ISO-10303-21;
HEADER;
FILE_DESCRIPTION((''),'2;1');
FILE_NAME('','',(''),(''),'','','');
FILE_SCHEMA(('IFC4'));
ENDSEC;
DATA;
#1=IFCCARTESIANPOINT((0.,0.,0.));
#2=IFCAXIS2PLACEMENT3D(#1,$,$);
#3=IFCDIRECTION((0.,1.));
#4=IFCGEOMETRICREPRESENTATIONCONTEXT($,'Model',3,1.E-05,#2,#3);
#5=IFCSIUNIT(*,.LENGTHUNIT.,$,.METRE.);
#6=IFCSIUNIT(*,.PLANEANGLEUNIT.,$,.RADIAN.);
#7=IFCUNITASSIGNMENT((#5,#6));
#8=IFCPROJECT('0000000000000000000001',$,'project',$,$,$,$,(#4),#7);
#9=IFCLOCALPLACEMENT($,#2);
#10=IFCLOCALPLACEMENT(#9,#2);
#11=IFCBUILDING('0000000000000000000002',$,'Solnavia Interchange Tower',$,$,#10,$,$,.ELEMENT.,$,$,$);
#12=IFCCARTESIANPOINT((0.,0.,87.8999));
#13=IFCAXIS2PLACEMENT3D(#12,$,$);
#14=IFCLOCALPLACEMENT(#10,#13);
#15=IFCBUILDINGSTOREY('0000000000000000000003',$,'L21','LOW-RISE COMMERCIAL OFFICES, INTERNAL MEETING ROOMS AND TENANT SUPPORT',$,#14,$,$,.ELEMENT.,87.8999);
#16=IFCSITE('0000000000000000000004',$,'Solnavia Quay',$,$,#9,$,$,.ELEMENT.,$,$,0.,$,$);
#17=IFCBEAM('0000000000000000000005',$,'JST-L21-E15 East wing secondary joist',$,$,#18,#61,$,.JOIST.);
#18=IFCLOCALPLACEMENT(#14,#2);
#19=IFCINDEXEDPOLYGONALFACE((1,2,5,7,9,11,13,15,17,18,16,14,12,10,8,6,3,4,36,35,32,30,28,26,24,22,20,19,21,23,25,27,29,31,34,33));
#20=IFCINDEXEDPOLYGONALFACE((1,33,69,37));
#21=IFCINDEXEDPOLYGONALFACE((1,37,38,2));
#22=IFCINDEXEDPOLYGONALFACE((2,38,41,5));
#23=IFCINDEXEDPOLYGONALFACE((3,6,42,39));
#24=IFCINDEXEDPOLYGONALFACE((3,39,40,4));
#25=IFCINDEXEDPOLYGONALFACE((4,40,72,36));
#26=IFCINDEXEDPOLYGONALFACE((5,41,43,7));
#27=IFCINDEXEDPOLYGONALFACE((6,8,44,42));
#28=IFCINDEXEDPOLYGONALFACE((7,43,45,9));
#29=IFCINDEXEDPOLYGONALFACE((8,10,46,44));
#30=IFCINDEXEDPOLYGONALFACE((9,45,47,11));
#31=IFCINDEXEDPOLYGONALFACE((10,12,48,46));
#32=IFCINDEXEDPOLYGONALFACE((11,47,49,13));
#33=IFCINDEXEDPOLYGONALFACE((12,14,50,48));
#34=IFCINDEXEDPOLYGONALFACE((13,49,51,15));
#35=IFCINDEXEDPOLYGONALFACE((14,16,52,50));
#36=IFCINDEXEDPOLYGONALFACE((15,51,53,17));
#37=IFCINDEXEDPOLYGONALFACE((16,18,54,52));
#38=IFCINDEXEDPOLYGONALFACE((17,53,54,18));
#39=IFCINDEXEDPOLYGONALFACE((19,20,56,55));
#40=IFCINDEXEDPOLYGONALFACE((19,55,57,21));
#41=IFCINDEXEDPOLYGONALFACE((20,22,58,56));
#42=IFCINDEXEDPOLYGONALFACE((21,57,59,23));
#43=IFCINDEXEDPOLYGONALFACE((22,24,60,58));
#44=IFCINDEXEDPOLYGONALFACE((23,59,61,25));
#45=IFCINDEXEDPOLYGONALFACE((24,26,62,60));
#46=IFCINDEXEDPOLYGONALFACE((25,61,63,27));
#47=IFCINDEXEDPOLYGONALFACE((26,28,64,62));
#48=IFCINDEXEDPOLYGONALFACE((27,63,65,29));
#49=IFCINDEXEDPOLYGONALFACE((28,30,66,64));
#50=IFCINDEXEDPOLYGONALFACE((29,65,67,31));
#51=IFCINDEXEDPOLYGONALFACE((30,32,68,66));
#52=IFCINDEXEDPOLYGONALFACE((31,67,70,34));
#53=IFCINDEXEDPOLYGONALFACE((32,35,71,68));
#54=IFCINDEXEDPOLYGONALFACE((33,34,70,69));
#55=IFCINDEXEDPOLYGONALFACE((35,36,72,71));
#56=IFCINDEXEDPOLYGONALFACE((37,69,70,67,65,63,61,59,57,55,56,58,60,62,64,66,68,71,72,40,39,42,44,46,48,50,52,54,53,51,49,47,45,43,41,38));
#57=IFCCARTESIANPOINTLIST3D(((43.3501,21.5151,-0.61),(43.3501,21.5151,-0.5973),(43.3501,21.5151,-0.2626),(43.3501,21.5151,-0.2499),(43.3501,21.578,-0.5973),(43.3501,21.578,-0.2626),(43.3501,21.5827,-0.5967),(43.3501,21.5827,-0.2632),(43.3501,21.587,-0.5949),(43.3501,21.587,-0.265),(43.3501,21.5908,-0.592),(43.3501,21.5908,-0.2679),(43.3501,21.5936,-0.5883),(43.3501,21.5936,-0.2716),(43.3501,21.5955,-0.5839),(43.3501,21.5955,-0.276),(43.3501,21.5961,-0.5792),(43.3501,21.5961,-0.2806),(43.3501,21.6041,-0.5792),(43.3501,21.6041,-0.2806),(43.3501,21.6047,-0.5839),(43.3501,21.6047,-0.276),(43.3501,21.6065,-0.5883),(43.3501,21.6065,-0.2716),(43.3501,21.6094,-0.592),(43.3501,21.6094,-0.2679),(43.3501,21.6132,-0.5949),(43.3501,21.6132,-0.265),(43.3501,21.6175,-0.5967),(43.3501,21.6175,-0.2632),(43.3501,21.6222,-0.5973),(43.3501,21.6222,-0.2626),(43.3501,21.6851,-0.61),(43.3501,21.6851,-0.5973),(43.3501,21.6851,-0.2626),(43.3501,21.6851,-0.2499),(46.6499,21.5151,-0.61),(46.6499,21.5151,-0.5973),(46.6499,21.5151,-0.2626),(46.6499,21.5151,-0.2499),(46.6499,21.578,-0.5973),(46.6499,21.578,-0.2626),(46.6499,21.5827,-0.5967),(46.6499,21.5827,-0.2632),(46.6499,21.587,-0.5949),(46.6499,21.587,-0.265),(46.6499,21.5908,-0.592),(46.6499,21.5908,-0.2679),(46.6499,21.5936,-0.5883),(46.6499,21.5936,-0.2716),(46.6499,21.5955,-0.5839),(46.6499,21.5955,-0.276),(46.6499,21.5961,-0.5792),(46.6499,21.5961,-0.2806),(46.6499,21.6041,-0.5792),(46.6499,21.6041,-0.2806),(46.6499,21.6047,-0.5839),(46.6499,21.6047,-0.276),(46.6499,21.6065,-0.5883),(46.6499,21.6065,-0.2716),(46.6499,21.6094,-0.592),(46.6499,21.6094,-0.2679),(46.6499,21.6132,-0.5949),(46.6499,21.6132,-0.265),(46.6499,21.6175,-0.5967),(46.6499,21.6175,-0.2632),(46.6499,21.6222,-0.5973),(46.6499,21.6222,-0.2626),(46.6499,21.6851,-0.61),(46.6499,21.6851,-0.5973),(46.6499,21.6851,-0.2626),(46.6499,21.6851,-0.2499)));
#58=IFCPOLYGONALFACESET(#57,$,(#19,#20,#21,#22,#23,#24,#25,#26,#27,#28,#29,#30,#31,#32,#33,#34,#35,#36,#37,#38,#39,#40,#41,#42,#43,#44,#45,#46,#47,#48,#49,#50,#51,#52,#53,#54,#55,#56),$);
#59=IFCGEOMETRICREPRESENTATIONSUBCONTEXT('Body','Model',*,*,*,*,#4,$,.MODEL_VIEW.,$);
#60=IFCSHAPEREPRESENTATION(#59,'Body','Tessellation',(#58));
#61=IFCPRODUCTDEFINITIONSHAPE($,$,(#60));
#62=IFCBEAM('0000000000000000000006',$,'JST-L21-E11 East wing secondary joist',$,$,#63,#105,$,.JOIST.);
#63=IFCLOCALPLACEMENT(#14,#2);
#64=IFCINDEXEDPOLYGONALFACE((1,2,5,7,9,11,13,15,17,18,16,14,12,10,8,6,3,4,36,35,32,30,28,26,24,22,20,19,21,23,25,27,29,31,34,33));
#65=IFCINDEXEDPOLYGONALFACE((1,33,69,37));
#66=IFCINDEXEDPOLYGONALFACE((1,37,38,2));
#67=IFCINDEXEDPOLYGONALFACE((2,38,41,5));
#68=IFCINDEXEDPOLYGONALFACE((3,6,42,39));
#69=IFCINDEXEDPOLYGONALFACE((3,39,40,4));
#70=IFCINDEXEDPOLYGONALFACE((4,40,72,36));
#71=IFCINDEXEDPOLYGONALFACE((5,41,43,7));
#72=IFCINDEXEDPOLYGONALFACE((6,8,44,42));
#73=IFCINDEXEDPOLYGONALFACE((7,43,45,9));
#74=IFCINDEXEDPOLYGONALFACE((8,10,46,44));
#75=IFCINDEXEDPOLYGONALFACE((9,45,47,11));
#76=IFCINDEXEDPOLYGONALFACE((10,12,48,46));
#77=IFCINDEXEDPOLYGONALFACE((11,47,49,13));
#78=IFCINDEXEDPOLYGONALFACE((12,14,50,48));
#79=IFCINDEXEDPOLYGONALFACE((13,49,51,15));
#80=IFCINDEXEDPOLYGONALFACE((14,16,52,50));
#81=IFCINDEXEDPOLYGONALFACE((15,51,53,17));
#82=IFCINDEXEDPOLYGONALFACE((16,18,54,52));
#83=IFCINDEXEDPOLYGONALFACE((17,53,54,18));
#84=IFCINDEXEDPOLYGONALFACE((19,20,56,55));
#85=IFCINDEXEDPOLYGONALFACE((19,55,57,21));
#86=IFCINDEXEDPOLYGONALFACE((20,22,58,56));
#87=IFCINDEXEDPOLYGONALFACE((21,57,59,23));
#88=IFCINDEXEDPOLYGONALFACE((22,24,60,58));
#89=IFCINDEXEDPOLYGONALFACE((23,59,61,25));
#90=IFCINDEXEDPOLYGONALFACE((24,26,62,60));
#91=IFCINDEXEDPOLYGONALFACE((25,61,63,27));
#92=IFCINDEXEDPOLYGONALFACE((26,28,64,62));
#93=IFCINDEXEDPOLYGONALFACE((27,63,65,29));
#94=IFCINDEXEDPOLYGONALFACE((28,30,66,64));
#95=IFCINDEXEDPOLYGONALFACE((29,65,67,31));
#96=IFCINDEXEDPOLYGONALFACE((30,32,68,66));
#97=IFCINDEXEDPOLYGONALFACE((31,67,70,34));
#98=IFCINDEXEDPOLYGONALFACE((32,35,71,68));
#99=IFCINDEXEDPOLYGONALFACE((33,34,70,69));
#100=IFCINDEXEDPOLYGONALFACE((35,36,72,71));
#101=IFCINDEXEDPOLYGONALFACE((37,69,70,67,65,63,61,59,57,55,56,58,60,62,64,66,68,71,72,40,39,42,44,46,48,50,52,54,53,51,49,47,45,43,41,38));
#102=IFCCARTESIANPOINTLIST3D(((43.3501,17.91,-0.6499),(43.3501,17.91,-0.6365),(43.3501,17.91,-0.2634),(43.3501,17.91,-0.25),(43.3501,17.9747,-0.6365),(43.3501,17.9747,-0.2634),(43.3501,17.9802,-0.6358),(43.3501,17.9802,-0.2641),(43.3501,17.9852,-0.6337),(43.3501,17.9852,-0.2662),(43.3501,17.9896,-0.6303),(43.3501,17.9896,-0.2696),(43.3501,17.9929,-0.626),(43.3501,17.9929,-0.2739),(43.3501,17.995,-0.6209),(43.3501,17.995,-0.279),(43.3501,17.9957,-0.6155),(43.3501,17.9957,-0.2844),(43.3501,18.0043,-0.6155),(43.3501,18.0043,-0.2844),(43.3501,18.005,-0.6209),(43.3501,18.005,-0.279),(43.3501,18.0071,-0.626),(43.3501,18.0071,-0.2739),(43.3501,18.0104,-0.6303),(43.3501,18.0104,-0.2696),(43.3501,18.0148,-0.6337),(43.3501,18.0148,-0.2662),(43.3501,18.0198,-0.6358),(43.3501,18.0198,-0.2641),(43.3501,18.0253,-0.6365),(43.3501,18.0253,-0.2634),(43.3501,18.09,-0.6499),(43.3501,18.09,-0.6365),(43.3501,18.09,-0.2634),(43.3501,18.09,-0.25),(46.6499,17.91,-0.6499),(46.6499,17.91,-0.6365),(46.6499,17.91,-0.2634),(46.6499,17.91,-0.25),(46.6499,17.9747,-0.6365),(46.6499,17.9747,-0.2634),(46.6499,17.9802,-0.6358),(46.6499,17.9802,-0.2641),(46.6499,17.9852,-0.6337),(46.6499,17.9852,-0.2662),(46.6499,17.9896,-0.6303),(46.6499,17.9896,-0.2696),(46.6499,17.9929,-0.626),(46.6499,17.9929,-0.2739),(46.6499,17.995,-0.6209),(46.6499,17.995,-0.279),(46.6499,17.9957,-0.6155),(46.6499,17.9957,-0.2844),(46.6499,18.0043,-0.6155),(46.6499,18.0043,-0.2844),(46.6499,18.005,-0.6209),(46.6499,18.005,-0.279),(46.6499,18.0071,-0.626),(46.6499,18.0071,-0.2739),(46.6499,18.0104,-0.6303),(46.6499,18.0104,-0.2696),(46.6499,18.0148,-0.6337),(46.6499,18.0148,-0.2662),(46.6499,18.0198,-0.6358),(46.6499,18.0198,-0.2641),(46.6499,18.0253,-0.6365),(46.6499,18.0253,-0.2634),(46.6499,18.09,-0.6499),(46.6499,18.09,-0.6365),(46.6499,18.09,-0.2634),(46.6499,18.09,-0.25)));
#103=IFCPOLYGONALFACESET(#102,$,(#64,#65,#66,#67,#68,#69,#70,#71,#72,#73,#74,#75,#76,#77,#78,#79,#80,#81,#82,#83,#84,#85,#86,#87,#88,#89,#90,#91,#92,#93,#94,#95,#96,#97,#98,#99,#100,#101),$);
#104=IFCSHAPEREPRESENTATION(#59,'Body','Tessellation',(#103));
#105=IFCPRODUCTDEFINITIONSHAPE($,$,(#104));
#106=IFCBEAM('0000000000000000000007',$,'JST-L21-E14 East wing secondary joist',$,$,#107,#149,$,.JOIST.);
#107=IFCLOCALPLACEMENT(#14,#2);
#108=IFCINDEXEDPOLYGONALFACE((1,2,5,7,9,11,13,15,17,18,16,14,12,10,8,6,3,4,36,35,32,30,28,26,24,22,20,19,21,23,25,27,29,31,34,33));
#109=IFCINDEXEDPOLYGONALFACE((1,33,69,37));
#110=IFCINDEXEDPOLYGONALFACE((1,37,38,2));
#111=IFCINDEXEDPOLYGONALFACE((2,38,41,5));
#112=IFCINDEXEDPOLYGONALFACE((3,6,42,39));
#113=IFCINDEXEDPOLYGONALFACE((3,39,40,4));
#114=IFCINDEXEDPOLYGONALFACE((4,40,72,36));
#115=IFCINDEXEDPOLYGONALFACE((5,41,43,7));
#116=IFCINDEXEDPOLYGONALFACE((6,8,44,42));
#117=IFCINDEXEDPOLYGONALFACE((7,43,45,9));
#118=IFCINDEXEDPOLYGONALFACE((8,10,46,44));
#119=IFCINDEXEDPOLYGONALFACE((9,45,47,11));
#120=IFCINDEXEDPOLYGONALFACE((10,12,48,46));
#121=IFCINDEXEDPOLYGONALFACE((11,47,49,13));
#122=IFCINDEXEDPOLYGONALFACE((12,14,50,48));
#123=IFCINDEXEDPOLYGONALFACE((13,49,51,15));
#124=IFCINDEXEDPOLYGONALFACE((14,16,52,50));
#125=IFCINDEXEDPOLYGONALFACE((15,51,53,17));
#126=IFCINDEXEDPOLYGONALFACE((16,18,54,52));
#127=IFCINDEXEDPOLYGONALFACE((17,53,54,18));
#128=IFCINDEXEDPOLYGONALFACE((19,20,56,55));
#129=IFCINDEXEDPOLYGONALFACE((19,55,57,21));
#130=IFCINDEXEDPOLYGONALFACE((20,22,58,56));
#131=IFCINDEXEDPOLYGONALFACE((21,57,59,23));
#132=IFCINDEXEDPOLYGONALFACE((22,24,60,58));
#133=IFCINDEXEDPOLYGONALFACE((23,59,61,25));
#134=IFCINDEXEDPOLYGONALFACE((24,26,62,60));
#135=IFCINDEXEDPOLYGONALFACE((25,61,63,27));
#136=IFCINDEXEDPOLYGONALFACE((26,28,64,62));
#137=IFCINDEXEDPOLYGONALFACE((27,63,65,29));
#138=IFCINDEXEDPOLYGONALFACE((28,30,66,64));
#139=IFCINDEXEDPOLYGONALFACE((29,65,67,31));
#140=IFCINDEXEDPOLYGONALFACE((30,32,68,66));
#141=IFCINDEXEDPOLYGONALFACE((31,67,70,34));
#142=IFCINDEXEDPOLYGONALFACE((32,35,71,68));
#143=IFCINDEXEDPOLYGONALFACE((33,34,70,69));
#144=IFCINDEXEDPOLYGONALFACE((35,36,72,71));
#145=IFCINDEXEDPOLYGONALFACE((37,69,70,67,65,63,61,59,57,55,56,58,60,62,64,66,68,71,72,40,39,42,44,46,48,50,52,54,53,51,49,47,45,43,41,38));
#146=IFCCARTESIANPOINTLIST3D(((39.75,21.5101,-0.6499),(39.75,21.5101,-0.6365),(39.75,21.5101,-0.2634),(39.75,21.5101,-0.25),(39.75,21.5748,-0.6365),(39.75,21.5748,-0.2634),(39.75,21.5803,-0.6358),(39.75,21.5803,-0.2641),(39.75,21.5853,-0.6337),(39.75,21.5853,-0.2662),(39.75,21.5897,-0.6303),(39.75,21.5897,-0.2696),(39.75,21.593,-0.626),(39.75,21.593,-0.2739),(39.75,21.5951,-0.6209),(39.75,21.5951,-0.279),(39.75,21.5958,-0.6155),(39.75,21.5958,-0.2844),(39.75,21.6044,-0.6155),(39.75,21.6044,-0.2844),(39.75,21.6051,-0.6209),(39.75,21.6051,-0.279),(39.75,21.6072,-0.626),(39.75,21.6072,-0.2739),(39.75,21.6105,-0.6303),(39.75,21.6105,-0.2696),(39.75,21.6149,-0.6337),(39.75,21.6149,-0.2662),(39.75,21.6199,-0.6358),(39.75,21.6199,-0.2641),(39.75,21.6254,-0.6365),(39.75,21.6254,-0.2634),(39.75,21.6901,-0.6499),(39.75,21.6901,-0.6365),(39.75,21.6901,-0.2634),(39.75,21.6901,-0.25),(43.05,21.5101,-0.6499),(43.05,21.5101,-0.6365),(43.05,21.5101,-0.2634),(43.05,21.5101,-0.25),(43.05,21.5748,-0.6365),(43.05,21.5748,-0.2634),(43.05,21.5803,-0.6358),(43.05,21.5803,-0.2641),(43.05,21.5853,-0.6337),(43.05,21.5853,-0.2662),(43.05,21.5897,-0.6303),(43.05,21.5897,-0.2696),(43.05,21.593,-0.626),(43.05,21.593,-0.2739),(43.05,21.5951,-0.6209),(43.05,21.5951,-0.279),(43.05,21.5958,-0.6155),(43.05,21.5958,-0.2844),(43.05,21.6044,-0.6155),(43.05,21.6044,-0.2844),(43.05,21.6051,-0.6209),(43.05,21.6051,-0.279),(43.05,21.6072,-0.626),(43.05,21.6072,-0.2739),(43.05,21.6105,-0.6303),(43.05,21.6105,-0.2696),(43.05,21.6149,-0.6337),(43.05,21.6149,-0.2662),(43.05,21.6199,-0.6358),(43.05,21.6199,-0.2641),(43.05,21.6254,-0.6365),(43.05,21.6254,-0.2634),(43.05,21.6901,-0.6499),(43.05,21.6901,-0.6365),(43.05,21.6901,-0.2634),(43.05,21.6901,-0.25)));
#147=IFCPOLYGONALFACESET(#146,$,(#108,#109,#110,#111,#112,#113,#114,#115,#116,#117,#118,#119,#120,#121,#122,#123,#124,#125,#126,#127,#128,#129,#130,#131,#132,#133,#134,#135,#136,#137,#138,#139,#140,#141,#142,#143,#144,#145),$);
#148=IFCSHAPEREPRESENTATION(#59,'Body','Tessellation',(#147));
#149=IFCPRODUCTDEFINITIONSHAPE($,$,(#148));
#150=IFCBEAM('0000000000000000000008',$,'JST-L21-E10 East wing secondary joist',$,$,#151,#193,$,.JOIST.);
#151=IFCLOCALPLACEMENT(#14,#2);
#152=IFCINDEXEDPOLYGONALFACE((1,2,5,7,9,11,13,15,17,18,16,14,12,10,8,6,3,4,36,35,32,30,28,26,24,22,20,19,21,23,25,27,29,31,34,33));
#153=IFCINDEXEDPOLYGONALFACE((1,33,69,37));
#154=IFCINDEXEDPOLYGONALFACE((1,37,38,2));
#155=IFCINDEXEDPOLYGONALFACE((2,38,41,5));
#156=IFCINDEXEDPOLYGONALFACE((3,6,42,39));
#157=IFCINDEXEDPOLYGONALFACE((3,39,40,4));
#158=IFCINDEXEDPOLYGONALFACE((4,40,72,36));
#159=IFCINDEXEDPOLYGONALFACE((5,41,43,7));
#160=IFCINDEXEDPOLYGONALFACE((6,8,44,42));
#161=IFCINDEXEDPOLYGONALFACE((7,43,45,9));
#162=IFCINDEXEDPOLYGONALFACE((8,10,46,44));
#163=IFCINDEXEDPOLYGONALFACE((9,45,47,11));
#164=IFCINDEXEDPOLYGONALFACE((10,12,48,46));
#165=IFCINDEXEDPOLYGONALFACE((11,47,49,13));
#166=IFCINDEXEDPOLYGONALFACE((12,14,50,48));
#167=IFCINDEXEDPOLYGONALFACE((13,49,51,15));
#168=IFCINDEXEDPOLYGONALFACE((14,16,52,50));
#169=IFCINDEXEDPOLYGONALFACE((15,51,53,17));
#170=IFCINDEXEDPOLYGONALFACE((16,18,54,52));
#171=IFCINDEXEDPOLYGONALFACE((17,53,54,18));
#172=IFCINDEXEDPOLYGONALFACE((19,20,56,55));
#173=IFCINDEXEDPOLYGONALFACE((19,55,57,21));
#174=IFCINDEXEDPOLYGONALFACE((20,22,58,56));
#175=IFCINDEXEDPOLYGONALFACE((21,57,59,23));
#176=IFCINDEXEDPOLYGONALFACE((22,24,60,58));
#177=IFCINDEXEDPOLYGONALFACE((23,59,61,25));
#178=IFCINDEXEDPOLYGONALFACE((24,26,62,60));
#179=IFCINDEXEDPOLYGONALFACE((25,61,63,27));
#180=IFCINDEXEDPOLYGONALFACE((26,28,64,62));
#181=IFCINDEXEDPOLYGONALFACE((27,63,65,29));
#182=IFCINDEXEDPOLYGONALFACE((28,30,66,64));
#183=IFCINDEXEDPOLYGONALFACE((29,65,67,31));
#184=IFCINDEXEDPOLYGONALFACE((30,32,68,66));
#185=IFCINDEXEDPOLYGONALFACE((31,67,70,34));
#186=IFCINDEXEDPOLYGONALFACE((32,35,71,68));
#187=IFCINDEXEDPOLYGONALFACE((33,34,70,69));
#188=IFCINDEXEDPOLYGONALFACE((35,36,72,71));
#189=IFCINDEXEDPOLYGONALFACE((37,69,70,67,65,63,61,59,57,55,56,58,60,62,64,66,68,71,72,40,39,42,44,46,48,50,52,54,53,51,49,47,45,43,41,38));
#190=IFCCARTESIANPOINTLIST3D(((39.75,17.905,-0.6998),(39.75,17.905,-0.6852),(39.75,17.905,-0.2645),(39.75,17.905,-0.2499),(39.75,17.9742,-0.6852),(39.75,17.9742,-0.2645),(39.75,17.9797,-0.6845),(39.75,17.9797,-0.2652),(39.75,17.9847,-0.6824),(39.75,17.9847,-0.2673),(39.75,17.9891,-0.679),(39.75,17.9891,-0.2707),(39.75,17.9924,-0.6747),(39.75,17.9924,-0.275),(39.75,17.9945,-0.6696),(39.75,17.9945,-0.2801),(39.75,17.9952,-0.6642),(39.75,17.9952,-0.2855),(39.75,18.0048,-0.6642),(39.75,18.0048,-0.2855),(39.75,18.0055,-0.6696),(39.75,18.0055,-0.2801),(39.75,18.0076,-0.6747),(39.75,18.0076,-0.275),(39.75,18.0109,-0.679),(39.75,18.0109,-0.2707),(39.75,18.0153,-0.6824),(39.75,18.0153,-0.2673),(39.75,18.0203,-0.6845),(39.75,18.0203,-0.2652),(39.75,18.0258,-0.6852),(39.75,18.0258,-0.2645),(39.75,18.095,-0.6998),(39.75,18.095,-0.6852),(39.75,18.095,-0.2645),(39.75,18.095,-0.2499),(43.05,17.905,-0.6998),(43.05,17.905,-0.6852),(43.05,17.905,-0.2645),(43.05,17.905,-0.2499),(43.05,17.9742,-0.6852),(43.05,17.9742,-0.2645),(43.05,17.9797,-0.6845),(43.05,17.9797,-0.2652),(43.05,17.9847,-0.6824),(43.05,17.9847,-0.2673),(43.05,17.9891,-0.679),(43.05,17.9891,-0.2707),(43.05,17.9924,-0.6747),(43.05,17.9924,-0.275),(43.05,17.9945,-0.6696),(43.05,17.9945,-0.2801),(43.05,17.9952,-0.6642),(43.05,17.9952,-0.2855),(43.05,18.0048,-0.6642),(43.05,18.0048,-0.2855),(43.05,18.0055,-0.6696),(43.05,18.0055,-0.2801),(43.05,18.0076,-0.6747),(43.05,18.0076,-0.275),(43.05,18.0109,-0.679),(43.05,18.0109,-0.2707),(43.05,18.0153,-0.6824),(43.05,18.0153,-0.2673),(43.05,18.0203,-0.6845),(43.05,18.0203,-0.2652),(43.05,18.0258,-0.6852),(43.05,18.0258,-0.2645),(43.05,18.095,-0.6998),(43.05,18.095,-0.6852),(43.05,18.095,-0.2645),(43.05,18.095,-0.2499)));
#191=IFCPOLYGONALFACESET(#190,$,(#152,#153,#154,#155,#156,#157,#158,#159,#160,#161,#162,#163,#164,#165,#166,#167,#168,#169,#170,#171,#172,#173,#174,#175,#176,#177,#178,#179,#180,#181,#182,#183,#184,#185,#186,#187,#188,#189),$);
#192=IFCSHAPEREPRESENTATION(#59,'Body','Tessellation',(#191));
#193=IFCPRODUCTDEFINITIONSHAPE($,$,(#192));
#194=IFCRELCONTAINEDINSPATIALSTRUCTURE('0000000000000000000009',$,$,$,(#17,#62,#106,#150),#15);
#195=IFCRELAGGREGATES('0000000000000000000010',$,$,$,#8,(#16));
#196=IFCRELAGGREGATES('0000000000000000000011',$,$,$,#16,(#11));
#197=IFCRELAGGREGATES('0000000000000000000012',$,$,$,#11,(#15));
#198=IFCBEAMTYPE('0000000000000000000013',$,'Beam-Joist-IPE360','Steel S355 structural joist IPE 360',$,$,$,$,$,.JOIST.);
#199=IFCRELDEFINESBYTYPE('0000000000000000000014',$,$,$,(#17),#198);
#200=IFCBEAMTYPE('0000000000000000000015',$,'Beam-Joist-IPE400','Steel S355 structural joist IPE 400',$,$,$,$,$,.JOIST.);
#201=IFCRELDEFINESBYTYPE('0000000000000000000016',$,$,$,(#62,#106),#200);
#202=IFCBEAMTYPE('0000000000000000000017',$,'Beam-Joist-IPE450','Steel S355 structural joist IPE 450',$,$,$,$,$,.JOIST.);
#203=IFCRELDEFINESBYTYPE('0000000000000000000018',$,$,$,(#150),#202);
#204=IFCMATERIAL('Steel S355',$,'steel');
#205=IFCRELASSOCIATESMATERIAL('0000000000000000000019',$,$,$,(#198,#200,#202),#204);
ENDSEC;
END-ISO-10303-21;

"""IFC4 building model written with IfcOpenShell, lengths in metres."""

from ifc_helpers import new_model, si_unit, direction, frame, origin, origin_2d, place, context, subcontext, project, spatial, i_section, extrude, material, material_profile, profile_set, type_object, element, save


model = new_model("IFC4")

# Units and contexts
model_context = context("Model", 3, precision=1e-05, world=origin(), true_north=direction((0.0, 1.0)))
body_context = subcontext(model_context, "Body", "Model", "MODEL_VIEW")
ifc_project = project(units=[si_unit("LENGTHUNIT", "METRE"), si_unit("PLANEANGLEUNIT", "RADIAN")], contexts=[model_context])

# Site, building, storey
site_placement = place(None, origin())
site = spatial("IfcSite", under=ifc_project, at=site_placement, Name="Solnavia Quay", CompositionType="ELEMENT", RefElevation=0.0)
building_placement = place(site_placement, origin())
building = spatial("IfcBuilding", under=site, at=building_placement, Name="Solnavia Interchange Tower", CompositionType="ELEMENT")
storey_placement = place(building_placement, frame((0.0, 0.0, 87.8999)))
storey = spatial("IfcBuildingStorey", under=building, at=storey_placement, Name="L21", Description="LOW-RISE COMMERCIAL OFFICES, INTERNAL MEETING ROOMS AND TENANT SUPPORT", CompositionType="ELEMENT", Elevation=87.8999)

# Shared definitions
ifc_material_1 = material(Name="Steel S355", Category="steel")

# Beams
ifc_material_profile_1 = material_profile(ifc_material_1, i_section(OverallWidth=0.1699, OverallDepth=0.3601, WebThickness=0.0081, FlangeThickness=0.0127, FilletRadius=0.0181, at=origin_2d()), Name="IPE 360")
ifc_profile_set_1 = profile_set([ifc_material_profile_1], Name="Steel S355")
beam_type_1 = type_object("IfcBeamType", Name="Beam-Joist-IPE360", Description="Steel S355 structural joist IPE 360", PredefinedType="JOIST", material=ifc_profile_set_1)
beam_1_placement = place(storey_placement, frame((43.3501, 21.6001, -0.4299), z_axis=(1.0, 0.0, 0.0), x_axis=(0.0, 1.0, 0.0)))
element("IfcBeam", 1, at=beam_1_placement, inside=storey, type_object=beam_type_1, Name="JST-L21-E15 East wing secondary joist", PredefinedType="JOIST", context=body_context, shape_type="SweptSolid", body=[
    extrude(i_section(OverallWidth=0.1699, OverallDepth=0.3601, WebThickness=0.0081, FlangeThickness=0.0127, FilletRadius=0.0181, at=origin_2d()), origin(), (0.0, 0.0, 1.0), 3.2998),
])
ifc_material_profile_2 = material_profile(ifc_material_1, i_section(OverallWidth=0.1799, OverallDepth=0.3999, WebThickness=0.0085, FlangeThickness=0.0134, FilletRadius=0.021, at=origin_2d()), Name="IPE 400")
ifc_profile_set_2 = profile_set([ifc_material_profile_2], Name="Steel S355")
beam_type_2 = type_object("IfcBeamType", Name="Beam-Joist-IPE400", Description="Steel S355 structural joist IPE 400", PredefinedType="JOIST", material=ifc_profile_set_2)
beam_2_placement = place(storey_placement, frame((43.3501, 18.0, -0.45), z_axis=(1.0, 0.0, 0.0), x_axis=(0.0, 1.0, 0.0)))
element("IfcBeam", 2, at=beam_2_placement, inside=storey, type_object=beam_type_2, Name="JST-L21-E11 East wing secondary joist", PredefinedType="JOIST", context=body_context, shape_type="SweptSolid", body=[
    extrude(i_section(OverallWidth=0.1799, OverallDepth=0.3999, WebThickness=0.0085, FlangeThickness=0.0134, FilletRadius=0.021, at=origin_2d()), origin(), (0.0, 0.0, 1.0), 3.2998),
])
beam_3_placement = place(storey_placement, frame((39.75, 21.6001, -0.45), z_axis=(1.0, 0.0, 0.0), x_axis=(0.0, 1.0, 0.0)))
element("IfcBeam", 3, at=beam_3_placement, inside=storey, type_object=beam_type_2, Name="JST-L21-E14 East wing secondary joist", PredefinedType="JOIST", context=body_context, shape_type="SweptSolid", body=[
    extrude(i_section(OverallWidth=0.1799, OverallDepth=0.3999, WebThickness=0.0085, FlangeThickness=0.0134, FilletRadius=0.021, at=origin_2d()), origin(), (0.0, 0.0, 1.0), 3.3),
])
ifc_material_profile_3 = material_profile(ifc_material_1, i_section(OverallWidth=0.1899, OverallDepth=0.45, WebThickness=0.0095, FlangeThickness=0.0146, FilletRadius=0.021, at=origin_2d()), Name="IPE 450")
ifc_profile_set_3 = profile_set([ifc_material_profile_3], Name="Steel S355")
beam_type_3 = type_object("IfcBeamType", Name="Beam-Joist-IPE450", Description="Steel S355 structural joist IPE 450", PredefinedType="JOIST", material=ifc_profile_set_3)
for number, where, z_axis, x_axis, name in (
    (4, (39.75, 18.0, -0.4749), (1.0, 0.0, 0.0), (0.0, 1.0, 0.0), "JST-L21-E10 East wing secondary joist"),
):
    element("IfcBeam", number, at=place(storey_placement, frame(where, z_axis=z_axis, x_axis=x_axis)), inside=storey, type_object=beam_type_3, Name=name, PredefinedType="JOIST", context=body_context, shape_type="SweptSolid", body=[
        extrude(i_section(OverallWidth=0.1899, OverallDepth=0.45, WebThickness=0.0095, FlangeThickness=0.0146, FilletRadius=0.021, at=origin_2d()), origin(), (0.0, 0.0, 1.0), 3.3),
    ])

save(model, "model.ifc")
